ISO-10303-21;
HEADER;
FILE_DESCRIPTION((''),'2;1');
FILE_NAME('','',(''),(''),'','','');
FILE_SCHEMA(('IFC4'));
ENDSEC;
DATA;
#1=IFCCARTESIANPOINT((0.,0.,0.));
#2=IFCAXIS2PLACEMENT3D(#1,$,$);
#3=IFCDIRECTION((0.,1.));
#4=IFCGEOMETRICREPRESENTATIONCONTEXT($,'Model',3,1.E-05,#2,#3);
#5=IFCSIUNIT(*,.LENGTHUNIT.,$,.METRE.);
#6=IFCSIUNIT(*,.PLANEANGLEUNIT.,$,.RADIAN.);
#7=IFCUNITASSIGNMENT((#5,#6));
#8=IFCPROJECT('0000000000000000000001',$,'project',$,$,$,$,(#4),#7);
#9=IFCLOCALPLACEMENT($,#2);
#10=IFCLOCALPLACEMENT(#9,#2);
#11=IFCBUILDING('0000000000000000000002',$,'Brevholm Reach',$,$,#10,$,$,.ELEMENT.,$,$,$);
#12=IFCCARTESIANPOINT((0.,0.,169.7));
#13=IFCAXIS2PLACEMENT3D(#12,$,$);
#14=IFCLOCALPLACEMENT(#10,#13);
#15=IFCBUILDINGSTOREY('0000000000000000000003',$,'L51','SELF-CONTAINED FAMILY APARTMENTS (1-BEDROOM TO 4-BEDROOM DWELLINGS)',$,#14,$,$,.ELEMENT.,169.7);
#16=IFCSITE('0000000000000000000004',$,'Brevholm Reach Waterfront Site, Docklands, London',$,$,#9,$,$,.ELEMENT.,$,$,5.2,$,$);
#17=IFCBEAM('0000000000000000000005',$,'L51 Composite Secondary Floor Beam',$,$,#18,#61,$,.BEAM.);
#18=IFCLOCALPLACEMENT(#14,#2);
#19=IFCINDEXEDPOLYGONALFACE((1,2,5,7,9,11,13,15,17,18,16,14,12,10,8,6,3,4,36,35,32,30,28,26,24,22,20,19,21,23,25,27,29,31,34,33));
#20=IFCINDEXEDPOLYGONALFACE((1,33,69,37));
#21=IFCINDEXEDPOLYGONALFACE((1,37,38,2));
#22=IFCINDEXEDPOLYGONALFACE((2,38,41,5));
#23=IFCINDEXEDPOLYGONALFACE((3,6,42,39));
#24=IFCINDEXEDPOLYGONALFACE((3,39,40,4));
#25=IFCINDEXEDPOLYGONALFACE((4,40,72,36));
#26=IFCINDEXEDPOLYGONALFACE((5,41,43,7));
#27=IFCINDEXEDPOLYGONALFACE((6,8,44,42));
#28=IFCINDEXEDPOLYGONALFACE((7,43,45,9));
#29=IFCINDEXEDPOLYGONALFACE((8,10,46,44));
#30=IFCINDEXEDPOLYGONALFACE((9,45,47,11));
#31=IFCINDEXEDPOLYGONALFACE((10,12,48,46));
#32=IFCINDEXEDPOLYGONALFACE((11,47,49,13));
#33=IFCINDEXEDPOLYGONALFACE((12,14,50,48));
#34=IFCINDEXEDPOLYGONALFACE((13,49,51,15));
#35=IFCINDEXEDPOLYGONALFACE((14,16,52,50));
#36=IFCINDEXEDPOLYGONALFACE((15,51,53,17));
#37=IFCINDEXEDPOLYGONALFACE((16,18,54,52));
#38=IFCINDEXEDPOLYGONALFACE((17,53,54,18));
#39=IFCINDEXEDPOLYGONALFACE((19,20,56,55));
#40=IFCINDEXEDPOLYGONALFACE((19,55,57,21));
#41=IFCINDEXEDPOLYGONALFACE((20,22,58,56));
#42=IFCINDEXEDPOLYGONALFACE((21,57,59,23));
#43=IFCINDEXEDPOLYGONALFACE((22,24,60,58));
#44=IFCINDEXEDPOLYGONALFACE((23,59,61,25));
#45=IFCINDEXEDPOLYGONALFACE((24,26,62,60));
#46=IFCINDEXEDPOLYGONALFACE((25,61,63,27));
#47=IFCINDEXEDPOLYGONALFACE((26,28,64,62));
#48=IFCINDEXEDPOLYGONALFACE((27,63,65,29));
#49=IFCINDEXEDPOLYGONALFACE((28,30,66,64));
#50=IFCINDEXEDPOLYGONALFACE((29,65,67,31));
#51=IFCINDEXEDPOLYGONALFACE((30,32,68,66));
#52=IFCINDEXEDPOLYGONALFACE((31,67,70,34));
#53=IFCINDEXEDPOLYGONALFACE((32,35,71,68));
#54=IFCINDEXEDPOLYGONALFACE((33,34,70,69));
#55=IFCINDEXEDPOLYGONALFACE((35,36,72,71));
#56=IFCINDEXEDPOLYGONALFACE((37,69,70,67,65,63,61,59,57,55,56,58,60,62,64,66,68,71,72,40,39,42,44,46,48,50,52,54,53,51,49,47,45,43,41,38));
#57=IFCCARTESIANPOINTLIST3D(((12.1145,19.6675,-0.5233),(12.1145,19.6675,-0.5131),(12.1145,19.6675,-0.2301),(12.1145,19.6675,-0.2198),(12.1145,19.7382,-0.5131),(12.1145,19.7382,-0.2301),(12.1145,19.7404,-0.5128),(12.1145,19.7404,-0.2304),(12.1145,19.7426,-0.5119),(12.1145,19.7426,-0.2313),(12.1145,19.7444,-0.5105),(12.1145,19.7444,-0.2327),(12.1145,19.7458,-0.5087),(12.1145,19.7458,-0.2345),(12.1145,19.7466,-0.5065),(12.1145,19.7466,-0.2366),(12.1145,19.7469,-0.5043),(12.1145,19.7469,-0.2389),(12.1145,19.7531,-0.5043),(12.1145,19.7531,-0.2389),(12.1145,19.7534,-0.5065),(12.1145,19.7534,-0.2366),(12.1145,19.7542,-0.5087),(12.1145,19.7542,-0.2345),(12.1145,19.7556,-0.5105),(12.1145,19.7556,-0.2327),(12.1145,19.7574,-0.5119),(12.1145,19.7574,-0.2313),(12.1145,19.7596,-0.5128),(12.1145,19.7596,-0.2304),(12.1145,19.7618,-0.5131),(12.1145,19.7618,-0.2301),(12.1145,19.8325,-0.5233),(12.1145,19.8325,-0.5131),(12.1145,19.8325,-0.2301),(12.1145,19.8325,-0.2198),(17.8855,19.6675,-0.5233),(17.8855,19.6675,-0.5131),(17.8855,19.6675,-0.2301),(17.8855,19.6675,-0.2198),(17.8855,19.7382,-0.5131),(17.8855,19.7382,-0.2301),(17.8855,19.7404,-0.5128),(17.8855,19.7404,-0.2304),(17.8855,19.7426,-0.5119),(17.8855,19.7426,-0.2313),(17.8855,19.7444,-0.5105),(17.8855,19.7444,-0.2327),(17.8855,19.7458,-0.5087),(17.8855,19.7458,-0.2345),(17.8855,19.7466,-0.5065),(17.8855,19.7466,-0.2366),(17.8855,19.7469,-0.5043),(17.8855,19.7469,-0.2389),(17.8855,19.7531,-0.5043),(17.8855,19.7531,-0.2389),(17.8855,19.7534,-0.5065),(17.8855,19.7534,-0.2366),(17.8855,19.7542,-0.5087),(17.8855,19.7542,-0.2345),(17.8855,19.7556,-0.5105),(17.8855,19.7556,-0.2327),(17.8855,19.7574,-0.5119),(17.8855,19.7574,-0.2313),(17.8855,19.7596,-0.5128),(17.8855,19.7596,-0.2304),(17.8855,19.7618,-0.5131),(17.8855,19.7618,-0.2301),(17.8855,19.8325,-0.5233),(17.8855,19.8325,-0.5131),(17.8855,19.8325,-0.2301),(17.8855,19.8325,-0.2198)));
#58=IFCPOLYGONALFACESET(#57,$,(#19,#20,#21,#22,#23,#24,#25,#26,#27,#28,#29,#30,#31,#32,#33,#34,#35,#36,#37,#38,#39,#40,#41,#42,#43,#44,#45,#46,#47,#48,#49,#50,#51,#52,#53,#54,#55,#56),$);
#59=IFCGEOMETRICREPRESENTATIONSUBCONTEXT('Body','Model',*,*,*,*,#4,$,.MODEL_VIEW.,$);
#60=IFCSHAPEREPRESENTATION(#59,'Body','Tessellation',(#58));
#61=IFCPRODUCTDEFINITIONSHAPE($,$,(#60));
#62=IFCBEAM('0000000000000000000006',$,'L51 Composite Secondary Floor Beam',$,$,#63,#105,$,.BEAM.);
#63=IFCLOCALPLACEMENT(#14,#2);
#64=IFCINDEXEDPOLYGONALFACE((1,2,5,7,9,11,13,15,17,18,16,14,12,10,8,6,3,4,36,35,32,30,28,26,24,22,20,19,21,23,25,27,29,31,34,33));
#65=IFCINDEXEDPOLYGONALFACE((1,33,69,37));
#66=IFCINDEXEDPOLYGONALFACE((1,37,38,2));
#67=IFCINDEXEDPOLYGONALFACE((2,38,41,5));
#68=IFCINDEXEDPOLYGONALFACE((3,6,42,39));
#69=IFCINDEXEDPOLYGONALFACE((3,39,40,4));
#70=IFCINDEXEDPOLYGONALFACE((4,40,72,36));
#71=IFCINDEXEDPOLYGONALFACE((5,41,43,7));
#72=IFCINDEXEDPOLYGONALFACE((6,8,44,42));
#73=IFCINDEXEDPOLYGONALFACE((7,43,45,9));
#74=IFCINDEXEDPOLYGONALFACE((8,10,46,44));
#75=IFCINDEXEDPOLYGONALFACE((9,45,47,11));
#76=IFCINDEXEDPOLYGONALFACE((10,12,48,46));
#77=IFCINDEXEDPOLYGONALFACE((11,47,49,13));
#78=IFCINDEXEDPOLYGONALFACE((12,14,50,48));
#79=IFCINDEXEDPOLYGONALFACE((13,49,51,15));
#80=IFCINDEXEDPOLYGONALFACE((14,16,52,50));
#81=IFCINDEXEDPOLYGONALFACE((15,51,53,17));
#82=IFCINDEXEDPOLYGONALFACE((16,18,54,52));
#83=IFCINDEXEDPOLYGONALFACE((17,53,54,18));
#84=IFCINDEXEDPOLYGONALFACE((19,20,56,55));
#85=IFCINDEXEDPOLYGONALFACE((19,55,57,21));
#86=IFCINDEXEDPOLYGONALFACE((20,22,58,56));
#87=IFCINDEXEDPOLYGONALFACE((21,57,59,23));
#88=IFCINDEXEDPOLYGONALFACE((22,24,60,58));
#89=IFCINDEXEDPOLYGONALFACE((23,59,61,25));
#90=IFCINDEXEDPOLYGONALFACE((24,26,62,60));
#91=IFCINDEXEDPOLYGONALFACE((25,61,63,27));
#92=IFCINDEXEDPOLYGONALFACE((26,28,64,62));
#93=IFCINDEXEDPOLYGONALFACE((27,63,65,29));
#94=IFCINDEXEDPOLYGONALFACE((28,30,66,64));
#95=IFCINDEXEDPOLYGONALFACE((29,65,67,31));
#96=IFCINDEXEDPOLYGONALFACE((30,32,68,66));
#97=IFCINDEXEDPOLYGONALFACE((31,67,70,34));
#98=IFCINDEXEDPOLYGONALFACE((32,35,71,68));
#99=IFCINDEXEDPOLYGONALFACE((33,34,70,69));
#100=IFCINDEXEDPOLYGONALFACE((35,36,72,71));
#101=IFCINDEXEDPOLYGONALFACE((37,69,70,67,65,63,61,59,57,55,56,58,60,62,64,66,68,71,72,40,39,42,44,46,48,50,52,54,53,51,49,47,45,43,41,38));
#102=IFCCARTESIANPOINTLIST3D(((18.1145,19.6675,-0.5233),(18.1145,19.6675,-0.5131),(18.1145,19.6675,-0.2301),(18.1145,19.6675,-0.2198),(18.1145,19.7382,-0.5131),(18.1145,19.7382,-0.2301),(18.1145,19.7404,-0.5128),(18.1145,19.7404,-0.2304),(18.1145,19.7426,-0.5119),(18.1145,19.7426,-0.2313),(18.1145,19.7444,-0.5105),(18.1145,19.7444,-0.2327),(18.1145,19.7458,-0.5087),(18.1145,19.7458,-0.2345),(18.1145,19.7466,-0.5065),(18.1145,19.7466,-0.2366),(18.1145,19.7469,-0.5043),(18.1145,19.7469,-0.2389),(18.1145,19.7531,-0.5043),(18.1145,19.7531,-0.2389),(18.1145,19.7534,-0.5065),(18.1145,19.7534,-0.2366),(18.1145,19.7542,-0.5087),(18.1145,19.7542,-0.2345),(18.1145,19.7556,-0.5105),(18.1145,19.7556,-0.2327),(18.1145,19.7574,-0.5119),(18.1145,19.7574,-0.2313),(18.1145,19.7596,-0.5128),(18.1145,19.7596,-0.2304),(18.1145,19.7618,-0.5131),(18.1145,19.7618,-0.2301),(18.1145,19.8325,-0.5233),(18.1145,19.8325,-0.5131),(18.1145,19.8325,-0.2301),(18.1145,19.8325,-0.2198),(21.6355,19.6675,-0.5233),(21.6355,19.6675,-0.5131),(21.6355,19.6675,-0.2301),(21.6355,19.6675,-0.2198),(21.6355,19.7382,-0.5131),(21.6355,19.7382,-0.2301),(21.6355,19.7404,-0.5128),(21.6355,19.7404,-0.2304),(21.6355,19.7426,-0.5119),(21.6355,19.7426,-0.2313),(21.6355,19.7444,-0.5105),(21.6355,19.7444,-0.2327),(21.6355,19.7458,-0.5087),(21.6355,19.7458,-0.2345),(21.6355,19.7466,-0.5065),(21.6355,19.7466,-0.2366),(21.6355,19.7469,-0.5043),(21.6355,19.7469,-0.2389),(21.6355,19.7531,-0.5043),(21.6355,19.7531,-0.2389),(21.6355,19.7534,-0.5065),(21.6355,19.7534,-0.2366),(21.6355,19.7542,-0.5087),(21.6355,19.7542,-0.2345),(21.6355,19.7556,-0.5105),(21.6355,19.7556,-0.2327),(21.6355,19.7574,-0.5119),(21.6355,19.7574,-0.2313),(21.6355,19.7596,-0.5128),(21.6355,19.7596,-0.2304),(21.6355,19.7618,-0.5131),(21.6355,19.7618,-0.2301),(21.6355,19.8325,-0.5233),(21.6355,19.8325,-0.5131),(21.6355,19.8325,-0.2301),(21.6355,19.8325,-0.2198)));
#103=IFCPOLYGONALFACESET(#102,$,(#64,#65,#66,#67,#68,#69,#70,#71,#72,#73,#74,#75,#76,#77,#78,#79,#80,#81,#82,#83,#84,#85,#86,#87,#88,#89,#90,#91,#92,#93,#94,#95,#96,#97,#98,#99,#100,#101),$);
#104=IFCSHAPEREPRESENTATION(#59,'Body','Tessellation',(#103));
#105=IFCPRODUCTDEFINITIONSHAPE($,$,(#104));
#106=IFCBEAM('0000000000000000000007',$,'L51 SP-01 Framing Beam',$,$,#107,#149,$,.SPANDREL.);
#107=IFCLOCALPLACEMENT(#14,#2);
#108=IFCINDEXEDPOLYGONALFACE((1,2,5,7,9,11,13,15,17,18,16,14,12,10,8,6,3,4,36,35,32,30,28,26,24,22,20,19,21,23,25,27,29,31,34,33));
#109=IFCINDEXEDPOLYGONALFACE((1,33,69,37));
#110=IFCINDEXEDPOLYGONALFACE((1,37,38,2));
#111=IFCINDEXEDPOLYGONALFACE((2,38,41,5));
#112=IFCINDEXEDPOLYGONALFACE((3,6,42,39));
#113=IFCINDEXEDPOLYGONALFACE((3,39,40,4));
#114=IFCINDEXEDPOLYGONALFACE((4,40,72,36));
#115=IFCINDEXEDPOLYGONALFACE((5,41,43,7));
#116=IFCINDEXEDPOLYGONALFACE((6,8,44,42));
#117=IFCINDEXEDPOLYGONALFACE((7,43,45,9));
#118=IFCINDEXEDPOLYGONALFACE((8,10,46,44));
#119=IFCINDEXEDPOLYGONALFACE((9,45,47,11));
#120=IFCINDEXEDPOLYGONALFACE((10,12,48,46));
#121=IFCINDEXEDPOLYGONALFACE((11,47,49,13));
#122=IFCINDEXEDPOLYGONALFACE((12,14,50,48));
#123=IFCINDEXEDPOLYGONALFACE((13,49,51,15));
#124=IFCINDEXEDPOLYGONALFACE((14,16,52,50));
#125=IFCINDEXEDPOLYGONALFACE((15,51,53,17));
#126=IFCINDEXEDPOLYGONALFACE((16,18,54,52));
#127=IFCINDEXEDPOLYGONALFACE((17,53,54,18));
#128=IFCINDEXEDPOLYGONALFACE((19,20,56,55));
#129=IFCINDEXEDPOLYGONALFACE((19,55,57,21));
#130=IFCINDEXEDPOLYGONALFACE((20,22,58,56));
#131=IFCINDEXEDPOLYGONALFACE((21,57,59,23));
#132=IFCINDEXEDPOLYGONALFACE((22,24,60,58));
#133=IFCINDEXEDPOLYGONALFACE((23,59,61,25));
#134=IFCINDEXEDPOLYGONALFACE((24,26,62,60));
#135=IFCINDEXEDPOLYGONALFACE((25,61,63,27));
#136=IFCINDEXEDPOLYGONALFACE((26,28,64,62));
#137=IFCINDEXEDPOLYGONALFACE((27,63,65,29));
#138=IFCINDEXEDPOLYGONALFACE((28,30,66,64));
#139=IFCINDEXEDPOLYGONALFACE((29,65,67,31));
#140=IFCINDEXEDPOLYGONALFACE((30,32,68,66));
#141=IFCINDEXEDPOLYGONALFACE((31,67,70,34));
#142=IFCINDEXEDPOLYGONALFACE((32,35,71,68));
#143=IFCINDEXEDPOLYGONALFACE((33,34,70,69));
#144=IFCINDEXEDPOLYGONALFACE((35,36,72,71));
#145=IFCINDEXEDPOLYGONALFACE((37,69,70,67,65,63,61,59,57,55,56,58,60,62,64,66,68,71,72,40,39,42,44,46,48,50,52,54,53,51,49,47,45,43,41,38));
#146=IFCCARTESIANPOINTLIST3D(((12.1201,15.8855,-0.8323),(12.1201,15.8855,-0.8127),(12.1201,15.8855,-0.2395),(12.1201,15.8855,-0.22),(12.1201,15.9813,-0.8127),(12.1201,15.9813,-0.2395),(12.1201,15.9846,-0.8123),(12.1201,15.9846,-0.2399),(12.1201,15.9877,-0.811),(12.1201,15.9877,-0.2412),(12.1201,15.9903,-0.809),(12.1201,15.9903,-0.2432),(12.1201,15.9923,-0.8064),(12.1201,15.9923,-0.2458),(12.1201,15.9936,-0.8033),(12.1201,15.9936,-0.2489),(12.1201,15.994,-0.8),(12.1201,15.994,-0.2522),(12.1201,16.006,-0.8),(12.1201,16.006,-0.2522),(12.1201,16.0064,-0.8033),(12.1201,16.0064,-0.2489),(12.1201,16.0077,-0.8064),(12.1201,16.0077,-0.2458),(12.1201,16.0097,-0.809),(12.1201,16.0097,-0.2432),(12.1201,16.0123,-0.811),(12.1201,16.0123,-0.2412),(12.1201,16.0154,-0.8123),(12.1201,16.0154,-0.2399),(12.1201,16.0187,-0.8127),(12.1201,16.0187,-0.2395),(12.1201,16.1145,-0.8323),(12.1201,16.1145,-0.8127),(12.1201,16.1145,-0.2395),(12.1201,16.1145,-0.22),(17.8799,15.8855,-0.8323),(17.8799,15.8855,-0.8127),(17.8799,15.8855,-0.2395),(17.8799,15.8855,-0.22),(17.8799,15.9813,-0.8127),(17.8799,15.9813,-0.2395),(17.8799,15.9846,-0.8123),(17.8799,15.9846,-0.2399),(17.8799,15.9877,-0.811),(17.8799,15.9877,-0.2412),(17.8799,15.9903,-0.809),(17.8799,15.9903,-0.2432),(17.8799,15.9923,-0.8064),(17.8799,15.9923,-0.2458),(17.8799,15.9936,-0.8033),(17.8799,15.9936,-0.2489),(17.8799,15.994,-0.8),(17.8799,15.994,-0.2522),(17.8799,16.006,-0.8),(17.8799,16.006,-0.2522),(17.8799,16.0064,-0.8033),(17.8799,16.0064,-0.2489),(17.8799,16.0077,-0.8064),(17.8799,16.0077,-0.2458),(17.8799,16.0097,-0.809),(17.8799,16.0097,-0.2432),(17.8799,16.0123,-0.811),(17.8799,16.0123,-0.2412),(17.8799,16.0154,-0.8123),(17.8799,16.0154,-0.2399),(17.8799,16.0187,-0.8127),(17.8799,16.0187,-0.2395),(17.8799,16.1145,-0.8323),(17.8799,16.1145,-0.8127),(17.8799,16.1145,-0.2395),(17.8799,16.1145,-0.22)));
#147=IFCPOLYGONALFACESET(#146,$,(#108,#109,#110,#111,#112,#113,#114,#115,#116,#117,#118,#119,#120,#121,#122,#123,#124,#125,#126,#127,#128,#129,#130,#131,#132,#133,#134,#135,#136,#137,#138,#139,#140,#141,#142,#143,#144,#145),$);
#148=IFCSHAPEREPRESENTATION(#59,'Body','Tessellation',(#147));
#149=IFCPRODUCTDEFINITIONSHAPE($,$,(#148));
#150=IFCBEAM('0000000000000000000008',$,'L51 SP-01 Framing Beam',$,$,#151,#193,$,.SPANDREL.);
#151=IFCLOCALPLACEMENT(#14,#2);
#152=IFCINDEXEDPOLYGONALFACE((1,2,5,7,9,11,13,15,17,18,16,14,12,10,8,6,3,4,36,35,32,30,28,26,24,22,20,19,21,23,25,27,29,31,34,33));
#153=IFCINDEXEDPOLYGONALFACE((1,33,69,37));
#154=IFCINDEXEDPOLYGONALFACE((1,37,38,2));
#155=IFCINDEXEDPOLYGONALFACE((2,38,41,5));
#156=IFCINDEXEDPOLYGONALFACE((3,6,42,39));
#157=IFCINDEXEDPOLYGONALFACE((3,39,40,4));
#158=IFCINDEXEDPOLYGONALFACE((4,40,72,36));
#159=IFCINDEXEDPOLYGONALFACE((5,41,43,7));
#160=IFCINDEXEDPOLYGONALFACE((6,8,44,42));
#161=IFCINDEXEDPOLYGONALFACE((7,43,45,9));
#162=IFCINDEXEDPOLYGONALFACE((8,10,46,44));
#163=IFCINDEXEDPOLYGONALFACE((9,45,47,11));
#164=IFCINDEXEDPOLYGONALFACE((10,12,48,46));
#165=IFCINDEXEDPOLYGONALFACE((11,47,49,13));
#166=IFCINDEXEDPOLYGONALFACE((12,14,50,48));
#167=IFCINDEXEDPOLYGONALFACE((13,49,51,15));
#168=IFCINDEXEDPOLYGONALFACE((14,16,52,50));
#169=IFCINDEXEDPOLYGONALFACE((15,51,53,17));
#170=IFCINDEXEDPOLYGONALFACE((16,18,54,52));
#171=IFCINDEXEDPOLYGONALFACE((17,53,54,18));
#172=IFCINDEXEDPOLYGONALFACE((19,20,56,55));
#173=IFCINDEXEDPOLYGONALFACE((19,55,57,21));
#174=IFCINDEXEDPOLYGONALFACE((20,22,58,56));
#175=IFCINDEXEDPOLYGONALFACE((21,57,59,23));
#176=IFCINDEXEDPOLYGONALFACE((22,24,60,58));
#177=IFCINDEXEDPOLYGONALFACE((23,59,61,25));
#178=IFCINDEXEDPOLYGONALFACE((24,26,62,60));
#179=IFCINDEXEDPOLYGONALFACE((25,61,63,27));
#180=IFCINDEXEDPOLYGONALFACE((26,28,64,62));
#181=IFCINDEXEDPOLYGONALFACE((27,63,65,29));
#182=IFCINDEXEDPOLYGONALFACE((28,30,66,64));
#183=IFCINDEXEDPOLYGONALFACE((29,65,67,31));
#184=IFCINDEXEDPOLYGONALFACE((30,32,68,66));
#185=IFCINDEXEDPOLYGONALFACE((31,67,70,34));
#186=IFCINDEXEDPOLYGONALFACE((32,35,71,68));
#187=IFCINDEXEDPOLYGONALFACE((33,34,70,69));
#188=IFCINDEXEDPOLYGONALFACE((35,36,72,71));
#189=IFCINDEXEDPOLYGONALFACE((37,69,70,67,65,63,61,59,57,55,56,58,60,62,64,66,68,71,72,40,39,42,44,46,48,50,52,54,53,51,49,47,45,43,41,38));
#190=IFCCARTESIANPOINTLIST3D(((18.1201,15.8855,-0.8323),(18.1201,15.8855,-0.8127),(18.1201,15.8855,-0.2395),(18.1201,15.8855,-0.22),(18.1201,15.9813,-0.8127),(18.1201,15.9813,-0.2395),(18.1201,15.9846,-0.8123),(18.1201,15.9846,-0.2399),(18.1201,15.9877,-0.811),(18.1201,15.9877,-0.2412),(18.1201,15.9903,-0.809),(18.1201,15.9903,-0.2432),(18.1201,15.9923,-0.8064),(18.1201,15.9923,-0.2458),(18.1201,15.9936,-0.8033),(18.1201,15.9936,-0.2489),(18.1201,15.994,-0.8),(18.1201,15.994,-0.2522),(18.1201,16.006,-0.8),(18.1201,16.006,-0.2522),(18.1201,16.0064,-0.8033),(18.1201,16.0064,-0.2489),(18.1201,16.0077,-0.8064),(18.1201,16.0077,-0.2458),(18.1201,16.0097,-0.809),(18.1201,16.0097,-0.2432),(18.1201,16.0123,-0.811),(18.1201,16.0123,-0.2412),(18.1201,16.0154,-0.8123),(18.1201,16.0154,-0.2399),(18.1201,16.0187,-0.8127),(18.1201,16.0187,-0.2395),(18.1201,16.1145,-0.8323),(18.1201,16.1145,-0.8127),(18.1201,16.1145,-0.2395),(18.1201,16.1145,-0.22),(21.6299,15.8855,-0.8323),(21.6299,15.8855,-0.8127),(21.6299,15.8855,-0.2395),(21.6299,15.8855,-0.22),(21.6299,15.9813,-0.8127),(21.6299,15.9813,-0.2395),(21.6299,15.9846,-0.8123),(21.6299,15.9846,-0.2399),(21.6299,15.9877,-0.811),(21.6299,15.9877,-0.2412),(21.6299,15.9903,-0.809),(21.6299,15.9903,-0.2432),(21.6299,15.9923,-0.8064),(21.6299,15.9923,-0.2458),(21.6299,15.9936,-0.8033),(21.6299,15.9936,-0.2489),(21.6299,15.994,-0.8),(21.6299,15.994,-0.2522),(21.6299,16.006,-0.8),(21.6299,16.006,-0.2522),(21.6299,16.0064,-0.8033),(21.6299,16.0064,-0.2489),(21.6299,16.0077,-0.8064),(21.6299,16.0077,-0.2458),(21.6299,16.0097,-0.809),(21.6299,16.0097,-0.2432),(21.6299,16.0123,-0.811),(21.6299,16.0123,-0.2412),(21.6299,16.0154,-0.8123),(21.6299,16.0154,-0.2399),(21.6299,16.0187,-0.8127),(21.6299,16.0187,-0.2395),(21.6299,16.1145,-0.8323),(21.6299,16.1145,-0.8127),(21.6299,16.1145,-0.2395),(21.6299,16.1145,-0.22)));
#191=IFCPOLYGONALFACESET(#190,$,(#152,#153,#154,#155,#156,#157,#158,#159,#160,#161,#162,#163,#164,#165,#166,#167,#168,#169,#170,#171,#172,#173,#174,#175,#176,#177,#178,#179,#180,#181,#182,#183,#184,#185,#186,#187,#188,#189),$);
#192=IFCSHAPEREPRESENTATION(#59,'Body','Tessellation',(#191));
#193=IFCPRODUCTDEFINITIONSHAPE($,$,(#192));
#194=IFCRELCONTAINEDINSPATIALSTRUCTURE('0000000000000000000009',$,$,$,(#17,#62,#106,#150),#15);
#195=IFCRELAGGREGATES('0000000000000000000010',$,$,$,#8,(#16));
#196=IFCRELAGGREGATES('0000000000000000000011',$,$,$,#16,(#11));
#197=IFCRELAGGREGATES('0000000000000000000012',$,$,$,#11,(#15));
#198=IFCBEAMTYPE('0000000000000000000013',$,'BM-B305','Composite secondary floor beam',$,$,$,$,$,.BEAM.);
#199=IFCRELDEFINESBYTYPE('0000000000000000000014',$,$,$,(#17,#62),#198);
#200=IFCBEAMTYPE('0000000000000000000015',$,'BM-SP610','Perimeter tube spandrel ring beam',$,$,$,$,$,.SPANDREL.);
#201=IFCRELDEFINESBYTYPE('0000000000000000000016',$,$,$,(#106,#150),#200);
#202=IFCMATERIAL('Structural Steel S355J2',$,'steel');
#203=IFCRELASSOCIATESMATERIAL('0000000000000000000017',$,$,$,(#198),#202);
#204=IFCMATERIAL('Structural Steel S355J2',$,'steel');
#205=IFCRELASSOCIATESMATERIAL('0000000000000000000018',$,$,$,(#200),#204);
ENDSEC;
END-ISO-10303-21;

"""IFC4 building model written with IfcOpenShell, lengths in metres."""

from ifc_helpers import new_model, si_unit, direction, frame, origin, origin_2d, place, context, subcontext, project, spatial, i_section, extrude, material, material_profile, profile_set, type_object, element, save


model = new_model("IFC4")

# Units and contexts
model_context = context("Model", 3, precision=1e-05, world=origin(), true_north=direction((0.0, 1.0)))
body_context = subcontext(model_context, "Body", "Model", "MODEL_VIEW")
ifc_project = project(units=[si_unit("LENGTHUNIT", "METRE"), si_unit("PLANEANGLEUNIT", "RADIAN")], contexts=[model_context])

# Site, building, storey
site_placement = place(None, origin())
site = spatial("IfcSite", under=ifc_project, at=site_placement, Name="Brevholm Reach Waterfront Site, Docklands, London", CompositionType="ELEMENT", RefElevation=5.2)
building_placement = place(site_placement, origin())
building = spatial("IfcBuilding", under=site, at=building_placement, Name="Brevholm Reach", CompositionType="ELEMENT")
storey_placement = place(building_placement, frame((0.0, 0.0, 169.7)))
storey = spatial("IfcBuildingStorey", under=building, at=storey_placement, Name="L51", Description="SELF-CONTAINED FAMILY APARTMENTS (1-BEDROOM TO 4-BEDROOM DWELLINGS)", CompositionType="ELEMENT", Elevation=169.7)

# Beams
ifc_material_1 = material(Name="Structural Steel S355J2", Category="steel")
ifc_material_profile_1 = material_profile(ifc_material_1, i_section(OverallWidth=0.165, OverallDepth=0.3035, WebThickness=0.0061, FlangeThickness=0.0103, FilletRadius=0.0088, at=origin_2d()), Name="UKB 305x165x40")
ifc_profile_set_1 = profile_set([ifc_material_profile_1], Name="Structural Steel S355J2")
beam_type_1 = type_object("IfcBeamType", Name="BM-B305", Description="Composite secondary floor beam", PredefinedType="BEAM", material=ifc_profile_set_1)
beam_1_placement = place(storey_placement, frame((12.1145, 19.75, -0.3716), z_axis=(1.0, 0.0, 0.0), x_axis=(0.0, 1.0, 0.0)))
element("IfcBeam", 1, at=beam_1_placement, inside=storey, type_object=beam_type_1, Name="L51 Composite Secondary Floor Beam", PredefinedType="BEAM", context=body_context, shape_type="SweptSolid", body=[
    extrude(i_section(OverallWidth=0.165, OverallDepth=0.3035, WebThickness=0.0061, FlangeThickness=0.0103, FilletRadius=0.0088, at=origin_2d()), origin(), (0.0, 0.0, 1.0), 5.771),
])
beam_2_placement = place(storey_placement, frame((18.1145, 19.75, -0.3716), z_axis=(1.0, 0.0, 0.0), x_axis=(0.0, 1.0, 0.0)))
element("IfcBeam", 2, at=beam_2_placement, inside=storey, type_object=beam_type_1, Name="L51 Composite Secondary Floor Beam", PredefinedType="BEAM", context=body_context, shape_type="SweptSolid", body=[
    extrude(i_section(OverallWidth=0.165, OverallDepth=0.3035, WebThickness=0.0061, FlangeThickness=0.0103, FilletRadius=0.0088, at=origin_2d()), origin(), (0.0, 0.0, 1.0), 3.521),
])
ifc_material_2 = material(Name="Structural Steel S355J2", Category="steel")
ifc_material_profile_2 = material_profile(ifc_material_2, i_section(OverallWidth=0.229, OverallDepth=0.6123, WebThickness=0.012, FlangeThickness=0.0195, FilletRadius=0.0127, at=origin_2d()), Name="UKB 610x229x125")
ifc_profile_set_2 = profile_set([ifc_material_profile_2], Name="Structural Steel S355J2")
beam_type_2 = type_object("IfcBeamType", Name="BM-SP610", Description="Perimeter tube spandrel ring beam", PredefinedType="SPANDREL", material=ifc_profile_set_2)
beam_3_placement = place(storey_placement, frame((12.1201, 16.0, -0.5261), z_axis=(1.0, 0.0, 0.0), x_axis=(0.0, 1.0, 0.0)))
element("IfcBeam", 3, at=beam_3_placement, inside=storey, type_object=beam_type_2, Name="L51 SP-01 Framing Beam", PredefinedType="SPANDREL", context=body_context, shape_type="SweptSolid", body=[
    extrude(i_section(OverallWidth=0.229, OverallDepth=0.6123, WebThickness=0.012, FlangeThickness=0.0195, FilletRadius=0.0127, at=origin_2d()), origin(), (0.0, 0.0, 1.0), 5.7598),
])
beam_4_placement = place(storey_placement, frame((18.1201, 16.0, -0.5261), z_axis=(1.0, 0.0, 0.0), x_axis=(0.0, 1.0, 0.0)))
element("IfcBeam", 4, at=beam_4_placement, inside=storey, type_object=beam_type_2, Name="L51 SP-01 Framing Beam", PredefinedType="SPANDREL", context=body_context, shape_type="SweptSolid", body=[
    extrude(i_section(OverallWidth=0.229, OverallDepth=0.6123, WebThickness=0.012, FlangeThickness=0.0195, FilletRadius=0.0127, at=origin_2d()), origin(), (0.0, 0.0, 1.0), 3.5098),
])

save(model, "model.ifc")
